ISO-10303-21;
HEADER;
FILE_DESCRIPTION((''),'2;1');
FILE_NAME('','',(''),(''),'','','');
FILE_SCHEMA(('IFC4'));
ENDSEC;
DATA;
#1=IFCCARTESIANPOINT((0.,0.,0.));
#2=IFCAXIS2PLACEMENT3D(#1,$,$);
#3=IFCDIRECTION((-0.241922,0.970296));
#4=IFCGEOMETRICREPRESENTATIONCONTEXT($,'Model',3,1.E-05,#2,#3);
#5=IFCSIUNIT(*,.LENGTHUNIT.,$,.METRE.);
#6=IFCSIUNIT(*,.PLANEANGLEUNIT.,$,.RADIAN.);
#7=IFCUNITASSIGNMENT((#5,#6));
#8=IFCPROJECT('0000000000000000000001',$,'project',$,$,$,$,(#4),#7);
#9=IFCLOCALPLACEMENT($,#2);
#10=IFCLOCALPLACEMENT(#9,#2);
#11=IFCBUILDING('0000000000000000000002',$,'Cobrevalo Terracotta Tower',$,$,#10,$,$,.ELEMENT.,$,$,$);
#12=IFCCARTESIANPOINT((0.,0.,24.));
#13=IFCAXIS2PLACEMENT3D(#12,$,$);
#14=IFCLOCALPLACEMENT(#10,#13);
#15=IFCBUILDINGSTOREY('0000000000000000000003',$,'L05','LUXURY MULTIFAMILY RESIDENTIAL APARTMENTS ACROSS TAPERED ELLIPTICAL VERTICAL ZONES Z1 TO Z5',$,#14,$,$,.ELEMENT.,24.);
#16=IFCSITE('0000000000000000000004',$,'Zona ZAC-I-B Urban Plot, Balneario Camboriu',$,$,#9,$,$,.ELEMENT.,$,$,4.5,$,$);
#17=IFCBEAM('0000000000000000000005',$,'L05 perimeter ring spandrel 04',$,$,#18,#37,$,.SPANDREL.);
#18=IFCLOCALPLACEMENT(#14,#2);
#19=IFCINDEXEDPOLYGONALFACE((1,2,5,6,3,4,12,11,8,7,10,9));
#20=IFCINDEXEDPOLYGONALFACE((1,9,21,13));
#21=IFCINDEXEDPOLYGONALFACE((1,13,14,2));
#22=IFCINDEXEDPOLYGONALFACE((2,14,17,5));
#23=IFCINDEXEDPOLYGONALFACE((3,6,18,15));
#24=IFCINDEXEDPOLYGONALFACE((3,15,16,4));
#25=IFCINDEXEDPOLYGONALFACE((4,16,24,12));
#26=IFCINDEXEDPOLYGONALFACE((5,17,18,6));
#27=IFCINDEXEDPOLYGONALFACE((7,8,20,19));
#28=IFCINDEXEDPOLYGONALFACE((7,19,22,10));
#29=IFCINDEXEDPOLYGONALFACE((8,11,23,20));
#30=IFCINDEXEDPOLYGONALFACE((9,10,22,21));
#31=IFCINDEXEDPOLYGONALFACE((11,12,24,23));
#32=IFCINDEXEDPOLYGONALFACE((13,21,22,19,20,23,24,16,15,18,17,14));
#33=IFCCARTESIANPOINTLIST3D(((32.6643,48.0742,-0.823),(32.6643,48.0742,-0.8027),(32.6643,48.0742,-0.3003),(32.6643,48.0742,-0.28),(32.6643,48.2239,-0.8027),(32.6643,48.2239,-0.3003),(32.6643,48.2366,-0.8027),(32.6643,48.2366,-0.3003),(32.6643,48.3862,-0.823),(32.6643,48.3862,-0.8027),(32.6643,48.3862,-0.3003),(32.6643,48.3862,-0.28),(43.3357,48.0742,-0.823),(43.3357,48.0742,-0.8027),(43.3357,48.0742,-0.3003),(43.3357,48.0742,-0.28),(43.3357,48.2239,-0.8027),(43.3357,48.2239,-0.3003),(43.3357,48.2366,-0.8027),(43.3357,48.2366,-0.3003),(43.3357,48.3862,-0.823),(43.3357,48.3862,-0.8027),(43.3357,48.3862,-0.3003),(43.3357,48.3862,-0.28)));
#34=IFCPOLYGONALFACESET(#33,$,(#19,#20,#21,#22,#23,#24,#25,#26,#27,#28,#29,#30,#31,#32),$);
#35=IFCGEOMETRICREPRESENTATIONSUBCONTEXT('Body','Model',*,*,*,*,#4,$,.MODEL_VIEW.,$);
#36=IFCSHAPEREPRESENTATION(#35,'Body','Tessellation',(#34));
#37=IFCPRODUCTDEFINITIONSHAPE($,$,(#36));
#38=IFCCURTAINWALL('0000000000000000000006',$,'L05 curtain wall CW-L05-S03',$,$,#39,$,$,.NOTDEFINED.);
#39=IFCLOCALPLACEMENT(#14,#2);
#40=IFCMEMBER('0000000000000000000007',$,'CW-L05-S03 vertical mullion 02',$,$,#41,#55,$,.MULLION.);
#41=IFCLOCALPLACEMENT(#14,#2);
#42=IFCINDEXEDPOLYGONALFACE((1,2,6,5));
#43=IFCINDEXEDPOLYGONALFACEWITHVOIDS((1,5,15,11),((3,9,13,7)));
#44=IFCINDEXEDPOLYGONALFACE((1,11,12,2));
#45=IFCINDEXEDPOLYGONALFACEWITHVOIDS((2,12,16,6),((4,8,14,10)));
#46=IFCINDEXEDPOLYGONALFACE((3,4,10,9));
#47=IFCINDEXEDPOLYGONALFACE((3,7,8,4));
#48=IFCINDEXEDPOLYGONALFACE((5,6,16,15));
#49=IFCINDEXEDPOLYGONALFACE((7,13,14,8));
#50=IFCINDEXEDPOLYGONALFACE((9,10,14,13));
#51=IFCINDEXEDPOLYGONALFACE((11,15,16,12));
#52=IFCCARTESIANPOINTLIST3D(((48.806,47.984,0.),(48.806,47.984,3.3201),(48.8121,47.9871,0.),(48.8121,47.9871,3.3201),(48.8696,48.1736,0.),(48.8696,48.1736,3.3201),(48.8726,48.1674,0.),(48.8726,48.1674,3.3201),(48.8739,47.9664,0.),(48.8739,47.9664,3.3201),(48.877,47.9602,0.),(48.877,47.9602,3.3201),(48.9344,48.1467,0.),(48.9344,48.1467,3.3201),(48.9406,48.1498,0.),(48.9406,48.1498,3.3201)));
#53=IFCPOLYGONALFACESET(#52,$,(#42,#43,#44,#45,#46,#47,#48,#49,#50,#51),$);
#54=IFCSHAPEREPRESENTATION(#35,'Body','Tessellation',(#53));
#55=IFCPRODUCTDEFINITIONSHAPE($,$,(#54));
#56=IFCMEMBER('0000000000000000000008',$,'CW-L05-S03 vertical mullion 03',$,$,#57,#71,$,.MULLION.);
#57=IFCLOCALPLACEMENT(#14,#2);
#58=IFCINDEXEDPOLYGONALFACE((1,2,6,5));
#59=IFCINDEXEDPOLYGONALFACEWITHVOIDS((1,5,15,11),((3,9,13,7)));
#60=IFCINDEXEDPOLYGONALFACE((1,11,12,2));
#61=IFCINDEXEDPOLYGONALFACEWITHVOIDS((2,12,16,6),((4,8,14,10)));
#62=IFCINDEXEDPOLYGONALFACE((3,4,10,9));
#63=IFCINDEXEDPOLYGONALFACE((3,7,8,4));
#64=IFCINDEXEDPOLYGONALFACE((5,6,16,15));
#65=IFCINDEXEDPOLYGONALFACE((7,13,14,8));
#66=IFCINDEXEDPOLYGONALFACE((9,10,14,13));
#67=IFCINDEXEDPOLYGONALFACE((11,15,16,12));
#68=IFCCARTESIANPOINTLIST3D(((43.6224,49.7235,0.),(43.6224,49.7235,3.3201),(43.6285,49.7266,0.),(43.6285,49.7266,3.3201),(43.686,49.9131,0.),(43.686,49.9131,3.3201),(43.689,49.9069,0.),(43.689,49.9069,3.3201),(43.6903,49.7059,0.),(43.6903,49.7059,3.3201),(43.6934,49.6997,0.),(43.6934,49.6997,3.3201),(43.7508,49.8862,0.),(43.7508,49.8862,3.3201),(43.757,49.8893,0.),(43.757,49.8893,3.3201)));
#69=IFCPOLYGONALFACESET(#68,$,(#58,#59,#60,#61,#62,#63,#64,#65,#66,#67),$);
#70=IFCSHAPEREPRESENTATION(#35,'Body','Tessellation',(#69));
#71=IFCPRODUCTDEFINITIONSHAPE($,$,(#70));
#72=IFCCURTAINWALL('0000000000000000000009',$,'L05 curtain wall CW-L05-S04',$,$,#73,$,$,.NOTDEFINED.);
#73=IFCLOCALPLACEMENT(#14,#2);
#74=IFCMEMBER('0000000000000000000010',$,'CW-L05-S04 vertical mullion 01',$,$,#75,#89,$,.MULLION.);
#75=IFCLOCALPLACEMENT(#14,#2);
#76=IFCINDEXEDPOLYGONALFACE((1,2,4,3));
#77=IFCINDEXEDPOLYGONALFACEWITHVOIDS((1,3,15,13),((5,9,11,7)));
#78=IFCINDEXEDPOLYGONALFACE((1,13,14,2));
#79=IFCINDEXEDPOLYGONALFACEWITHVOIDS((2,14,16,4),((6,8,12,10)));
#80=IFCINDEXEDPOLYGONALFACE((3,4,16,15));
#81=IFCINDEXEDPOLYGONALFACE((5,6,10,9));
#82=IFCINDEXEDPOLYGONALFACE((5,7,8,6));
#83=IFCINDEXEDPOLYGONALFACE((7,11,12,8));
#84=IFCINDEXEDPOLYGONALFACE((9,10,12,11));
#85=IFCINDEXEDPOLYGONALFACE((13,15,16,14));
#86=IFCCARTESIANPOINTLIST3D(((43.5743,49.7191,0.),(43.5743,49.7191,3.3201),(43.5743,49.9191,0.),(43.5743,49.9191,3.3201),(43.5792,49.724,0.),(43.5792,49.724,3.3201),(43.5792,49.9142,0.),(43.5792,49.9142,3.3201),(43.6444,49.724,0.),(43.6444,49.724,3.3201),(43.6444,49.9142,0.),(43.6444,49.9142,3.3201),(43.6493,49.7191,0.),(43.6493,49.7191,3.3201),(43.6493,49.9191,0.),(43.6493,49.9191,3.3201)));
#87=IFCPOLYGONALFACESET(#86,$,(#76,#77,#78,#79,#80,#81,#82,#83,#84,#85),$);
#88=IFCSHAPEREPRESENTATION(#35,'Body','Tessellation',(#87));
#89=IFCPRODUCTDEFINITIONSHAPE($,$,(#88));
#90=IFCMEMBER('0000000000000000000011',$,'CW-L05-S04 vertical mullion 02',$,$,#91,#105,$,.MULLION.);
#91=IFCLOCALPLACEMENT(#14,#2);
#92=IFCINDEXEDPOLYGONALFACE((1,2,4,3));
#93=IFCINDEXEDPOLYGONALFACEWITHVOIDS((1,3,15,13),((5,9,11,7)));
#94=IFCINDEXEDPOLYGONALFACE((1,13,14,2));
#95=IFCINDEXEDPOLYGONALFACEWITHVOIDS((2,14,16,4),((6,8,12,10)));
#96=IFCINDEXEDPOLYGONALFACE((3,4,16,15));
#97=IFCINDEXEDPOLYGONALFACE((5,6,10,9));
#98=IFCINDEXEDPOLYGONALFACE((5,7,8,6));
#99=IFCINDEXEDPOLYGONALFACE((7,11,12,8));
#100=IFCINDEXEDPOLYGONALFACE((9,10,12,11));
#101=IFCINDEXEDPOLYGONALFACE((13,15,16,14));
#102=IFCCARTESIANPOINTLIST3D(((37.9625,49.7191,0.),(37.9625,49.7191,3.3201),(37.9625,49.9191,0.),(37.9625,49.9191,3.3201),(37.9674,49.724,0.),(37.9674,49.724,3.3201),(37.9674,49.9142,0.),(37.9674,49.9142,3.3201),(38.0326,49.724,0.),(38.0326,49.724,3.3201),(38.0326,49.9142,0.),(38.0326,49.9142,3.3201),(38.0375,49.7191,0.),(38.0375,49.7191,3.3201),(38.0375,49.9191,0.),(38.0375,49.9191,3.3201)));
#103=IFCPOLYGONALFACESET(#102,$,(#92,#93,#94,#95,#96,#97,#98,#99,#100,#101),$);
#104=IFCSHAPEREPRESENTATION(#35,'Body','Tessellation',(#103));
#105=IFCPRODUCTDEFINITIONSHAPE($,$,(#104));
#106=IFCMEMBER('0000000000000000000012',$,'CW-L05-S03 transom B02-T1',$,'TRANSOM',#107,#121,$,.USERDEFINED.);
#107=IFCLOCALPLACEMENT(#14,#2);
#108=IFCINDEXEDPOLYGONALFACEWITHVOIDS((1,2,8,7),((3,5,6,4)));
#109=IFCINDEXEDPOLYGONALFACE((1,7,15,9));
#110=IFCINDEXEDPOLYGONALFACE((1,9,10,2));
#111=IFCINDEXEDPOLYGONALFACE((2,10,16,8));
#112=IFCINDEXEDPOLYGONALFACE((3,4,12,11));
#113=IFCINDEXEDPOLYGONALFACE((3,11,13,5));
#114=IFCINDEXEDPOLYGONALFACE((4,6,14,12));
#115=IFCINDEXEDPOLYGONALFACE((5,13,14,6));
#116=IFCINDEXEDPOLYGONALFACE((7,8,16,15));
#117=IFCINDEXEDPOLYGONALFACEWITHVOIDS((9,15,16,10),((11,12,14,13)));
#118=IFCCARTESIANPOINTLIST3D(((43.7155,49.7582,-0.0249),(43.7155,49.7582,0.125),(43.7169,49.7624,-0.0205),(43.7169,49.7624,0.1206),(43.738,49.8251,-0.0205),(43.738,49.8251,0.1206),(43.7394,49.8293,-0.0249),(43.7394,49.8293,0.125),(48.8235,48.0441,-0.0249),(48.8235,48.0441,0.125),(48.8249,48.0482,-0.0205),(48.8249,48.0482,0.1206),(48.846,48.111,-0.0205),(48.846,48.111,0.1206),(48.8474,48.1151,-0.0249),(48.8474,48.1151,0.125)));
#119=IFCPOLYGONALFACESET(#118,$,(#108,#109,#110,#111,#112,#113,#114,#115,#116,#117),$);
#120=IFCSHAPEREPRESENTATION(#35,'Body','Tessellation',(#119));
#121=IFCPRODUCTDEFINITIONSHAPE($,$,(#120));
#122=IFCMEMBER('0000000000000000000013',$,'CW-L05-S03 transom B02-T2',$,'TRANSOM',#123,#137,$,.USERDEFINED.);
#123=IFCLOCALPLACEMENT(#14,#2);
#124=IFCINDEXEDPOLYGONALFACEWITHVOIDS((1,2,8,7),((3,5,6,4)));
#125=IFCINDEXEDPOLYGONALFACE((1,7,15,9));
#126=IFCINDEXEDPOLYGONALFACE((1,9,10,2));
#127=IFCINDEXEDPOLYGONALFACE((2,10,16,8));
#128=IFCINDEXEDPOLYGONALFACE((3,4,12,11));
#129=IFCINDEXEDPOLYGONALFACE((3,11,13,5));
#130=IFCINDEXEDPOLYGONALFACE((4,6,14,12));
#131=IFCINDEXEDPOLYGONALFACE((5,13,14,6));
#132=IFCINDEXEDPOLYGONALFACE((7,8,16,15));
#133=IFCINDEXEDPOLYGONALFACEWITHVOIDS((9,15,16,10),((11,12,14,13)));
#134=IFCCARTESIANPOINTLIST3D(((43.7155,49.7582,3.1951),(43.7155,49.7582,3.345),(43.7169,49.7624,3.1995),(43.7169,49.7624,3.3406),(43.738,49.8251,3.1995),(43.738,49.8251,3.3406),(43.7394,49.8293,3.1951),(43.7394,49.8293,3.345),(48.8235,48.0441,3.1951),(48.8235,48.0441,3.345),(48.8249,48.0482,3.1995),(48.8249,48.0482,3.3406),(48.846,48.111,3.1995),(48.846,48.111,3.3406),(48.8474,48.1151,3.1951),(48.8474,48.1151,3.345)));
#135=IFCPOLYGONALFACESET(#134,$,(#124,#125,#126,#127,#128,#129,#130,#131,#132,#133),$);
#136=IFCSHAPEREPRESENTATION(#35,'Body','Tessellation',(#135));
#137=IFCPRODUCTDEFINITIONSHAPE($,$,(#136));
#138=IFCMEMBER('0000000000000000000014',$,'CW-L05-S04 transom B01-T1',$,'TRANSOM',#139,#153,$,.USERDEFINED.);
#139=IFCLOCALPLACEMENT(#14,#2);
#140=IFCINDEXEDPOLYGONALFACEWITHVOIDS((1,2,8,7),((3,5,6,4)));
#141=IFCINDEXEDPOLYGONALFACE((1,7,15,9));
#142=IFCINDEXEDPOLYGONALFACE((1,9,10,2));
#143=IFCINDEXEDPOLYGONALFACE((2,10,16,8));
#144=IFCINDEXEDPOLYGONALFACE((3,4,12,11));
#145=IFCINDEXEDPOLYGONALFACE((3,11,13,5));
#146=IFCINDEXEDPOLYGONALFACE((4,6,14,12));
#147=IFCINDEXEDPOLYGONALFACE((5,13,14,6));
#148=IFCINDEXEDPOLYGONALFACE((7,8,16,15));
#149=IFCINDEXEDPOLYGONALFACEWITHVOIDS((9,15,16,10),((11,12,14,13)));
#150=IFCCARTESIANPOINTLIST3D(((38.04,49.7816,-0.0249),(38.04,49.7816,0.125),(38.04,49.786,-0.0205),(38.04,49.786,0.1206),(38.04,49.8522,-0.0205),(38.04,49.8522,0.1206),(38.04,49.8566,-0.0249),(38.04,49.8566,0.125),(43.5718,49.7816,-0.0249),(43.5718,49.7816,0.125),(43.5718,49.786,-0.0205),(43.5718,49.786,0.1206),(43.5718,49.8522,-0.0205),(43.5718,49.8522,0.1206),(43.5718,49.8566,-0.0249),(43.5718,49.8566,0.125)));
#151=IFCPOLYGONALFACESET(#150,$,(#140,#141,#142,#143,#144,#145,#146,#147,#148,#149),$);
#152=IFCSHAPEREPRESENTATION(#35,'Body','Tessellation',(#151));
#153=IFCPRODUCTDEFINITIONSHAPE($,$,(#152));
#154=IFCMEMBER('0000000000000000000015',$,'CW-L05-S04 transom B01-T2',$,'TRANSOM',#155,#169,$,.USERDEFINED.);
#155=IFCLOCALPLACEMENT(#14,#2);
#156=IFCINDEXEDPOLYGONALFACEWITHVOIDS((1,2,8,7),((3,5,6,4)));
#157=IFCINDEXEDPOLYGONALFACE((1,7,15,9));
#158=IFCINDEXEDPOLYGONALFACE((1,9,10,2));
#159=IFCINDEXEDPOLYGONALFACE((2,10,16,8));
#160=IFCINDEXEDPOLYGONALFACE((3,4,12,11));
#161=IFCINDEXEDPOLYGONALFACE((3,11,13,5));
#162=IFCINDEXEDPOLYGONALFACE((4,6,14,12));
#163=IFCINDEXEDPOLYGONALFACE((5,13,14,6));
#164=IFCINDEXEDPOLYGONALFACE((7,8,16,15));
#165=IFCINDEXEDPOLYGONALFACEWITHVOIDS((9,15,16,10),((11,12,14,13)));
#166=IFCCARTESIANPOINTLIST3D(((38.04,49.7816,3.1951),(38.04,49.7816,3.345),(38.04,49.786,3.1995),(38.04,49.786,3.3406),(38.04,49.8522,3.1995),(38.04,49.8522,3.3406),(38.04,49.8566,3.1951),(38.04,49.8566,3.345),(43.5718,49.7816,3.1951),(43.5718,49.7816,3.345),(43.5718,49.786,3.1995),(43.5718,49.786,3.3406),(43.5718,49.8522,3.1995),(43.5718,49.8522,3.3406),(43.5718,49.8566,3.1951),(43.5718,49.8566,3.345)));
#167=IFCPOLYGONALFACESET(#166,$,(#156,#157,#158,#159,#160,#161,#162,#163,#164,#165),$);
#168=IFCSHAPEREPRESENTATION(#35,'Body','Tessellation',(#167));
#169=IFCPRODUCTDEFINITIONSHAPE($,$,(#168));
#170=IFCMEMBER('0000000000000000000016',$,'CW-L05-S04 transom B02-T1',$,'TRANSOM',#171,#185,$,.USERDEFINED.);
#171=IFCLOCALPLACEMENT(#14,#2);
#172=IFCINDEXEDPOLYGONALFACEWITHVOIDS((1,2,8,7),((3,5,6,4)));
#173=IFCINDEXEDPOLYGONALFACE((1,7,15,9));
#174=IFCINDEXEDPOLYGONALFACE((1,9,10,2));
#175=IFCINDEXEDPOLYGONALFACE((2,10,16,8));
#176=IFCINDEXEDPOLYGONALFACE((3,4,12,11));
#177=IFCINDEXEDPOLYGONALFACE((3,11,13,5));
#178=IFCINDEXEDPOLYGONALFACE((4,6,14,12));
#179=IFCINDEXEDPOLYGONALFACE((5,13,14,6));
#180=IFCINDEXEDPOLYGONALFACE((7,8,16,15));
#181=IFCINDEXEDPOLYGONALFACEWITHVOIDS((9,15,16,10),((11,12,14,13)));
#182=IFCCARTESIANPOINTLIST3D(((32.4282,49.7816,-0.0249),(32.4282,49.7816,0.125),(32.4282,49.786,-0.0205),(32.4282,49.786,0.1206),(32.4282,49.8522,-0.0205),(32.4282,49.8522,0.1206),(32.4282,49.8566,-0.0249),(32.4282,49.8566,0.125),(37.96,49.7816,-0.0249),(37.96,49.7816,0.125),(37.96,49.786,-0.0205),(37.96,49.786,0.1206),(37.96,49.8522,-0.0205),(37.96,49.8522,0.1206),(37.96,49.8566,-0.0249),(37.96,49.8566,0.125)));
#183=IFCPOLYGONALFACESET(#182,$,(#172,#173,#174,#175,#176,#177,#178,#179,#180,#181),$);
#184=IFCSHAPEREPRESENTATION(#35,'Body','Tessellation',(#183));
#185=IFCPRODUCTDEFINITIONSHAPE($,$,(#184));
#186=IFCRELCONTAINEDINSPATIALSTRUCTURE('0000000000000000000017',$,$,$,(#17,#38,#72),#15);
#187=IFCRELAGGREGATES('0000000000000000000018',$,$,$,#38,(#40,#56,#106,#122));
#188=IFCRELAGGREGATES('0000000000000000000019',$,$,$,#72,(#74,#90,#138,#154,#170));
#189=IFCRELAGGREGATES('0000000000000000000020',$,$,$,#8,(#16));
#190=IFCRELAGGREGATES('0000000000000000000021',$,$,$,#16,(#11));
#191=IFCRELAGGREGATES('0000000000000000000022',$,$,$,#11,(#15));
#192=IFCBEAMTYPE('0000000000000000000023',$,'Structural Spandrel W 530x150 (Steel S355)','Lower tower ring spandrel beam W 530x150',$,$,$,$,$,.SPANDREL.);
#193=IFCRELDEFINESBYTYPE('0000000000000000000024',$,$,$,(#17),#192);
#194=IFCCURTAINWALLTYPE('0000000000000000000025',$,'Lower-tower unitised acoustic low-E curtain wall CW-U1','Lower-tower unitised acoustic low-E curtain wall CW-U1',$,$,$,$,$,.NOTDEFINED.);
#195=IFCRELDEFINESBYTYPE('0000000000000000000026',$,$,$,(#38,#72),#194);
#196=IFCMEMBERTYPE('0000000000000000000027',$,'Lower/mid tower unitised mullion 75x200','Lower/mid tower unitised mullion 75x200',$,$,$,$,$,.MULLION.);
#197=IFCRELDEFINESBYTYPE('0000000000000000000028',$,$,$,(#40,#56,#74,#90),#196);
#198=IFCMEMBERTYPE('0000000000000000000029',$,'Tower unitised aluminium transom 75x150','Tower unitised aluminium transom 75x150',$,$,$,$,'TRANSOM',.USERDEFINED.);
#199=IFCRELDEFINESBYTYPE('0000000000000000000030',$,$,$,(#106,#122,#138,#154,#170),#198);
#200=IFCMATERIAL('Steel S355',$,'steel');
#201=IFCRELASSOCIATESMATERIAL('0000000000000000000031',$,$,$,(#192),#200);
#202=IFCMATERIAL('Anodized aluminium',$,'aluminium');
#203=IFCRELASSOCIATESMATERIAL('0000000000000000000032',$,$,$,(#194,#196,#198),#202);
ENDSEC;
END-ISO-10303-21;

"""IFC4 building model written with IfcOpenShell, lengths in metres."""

from ifc_helpers import new_model, si_unit, direction, frame, origin, origin_2d, place, context, subcontext, project, spatial, hollow_rectangle, i_section, extrude, source, transform, mapped, material, material_profile, profile_set, type_object, element, aggregate, save


model = new_model("IFC4")

# Units and contexts
model_context = context("Model", 3, precision=1e-05, world=origin(), true_north=direction((-0.241922, 0.970296)))
body_context = subcontext(model_context, "Body", "Model", "MODEL_VIEW")
ifc_project = project(units=[si_unit("LENGTHUNIT", "METRE"), si_unit("PLANEANGLEUNIT", "RADIAN")], contexts=[model_context])

# Site, building, storey
site_placement = place(None, origin())
site = spatial("IfcSite", under=ifc_project, at=site_placement, Name="Zona ZAC-I-B Urban Plot, Balneario Camboriu", CompositionType="ELEMENT", RefElevation=4.5)
building_placement = place(site_placement, origin())
building = spatial("IfcBuilding", under=site, at=building_placement, Name="Cobrevalo Terracotta Tower", CompositionType="ELEMENT")
storey_placement = place(building_placement, frame((0.0, 0.0, 24.0)))
storey = spatial("IfcBuildingStorey", under=building, at=storey_placement, Name="L05", Description="LUXURY MULTIFAMILY RESIDENTIAL APARTMENTS ACROSS TAPERED ELLIPTICAL VERTICAL ZONES Z1 TO Z5", CompositionType="ELEMENT", Elevation=24.0)

# Shared definitions
ifc_material_1 = material(Name="Steel S355", Category="steel")

# Beam
ifc_material_profile_1 = material_profile(ifc_material_1, i_section(OverallWidth=0.312, OverallDepth=0.543, WebThickness=0.0127, FlangeThickness=0.0203, at=origin_2d()), Name="W 530x150")
ifc_profile_set_1 = profile_set([ifc_material_profile_1], Name="Steel S355")
beam_type_1 = type_object("IfcBeamType", Name="Structural Spandrel W 530x150 (Steel S355)", Description="Lower tower ring spandrel beam W 530x150", PredefinedType="SPANDREL", material=ifc_profile_set_1)
beam_1_placement = place(storey_placement, frame((43.3357, 48.2302, -0.5515), z_axis=(-1.0, 0.0, 0.0), x_axis=(0.0, -1.0, 0.0)))
element("IfcBeam", 1, at=beam_1_placement, inside=storey, type_object=beam_type_1, Name="L05 perimeter ring spandrel 04", PredefinedType="SPANDREL", context=body_context, shape_type="SweptSolid", body=[
    extrude(i_section(OverallWidth=0.312, OverallDepth=0.543, WebThickness=0.0127, FlangeThickness=0.0203, at=origin_2d()), origin(), (0.0, 0.0, 1.0), 10.6714),
])

# Curtain walls, members
ifc_material_2 = material(Name="Anodized aluminium", Category="aluminium")
curtain_wall_type = type_object("IfcCurtainWallType", Name="Lower-tower unitised acoustic low-E curtain wall CW-U1", Description="Lower-tower unitised acoustic low-E curtain wall CW-U1", PredefinedType="NOTDEFINED", material=ifc_material_2)
curtain_wall_1_placement = place(storey_placement, origin())
curtain_wall_1 = element("IfcCurtainWall", 2, at=curtain_wall_1_placement, inside=storey, type_object=curtain_wall_type, Name="L05 curtain wall CW-L05-S03", PredefinedType="NOTDEFINED")
ifc_material_profile_2 = material_profile(ifc_material_2, hollow_rectangle(XDim=0.075, YDim=0.2, WallThickness=0.0049, at=origin_2d()), Name="CWM 75x200")
ifc_profile_set_2 = profile_set([ifc_material_profile_2], Name="Anodized aluminium")
member_type_1 = type_object("IfcMemberType", Name="Lower/mid tower unitised mullion 75x200", Description="Lower/mid tower unitised mullion 75x200", PredefinedType="MULLION", material=ifc_profile_set_2)
shared_shape_1 = source(origin(), body_context, "Body", "SweptSolid", [
    extrude(hollow_rectangle(XDim=0.075, YDim=0.2, WallThickness=0.0049, at=origin_2d()), origin(), (0.0, 0.0, 1.0), 3.3201),
])
member_1_placement = place(storey_placement, frame((48.8733, 48.0669, 0.0), z_axis=(0.0, 0.0, 1.0), x_axis=(-0.948046, 0.318132, 0.0)))
member_1 = element("IfcMember", 3, at=member_1_placement, type_object=member_type_1, Name="CW-L05-S03 vertical mullion 02", PredefinedType="MULLION", context=body_context, shape_type="MappedRepresentation", body=[
    mapped(shared_shape_1, transform((0.0, 0.0, 0.0), scale=1.0)),
])
member_2_placement = place(storey_placement, frame((43.6897, 49.8064, 0.0), z_axis=(0.0, 0.0, 1.0), x_axis=(-0.948046, 0.318132, 0.0)))
member_2 = element("IfcMember", 4, at=member_2_placement, type_object=member_type_1, Name="CW-L05-S03 vertical mullion 03", PredefinedType="MULLION", context=body_context, shape_type="MappedRepresentation", body=[
    mapped(shared_shape_1, transform((0.0, 0.0, 0.0), scale=1.0)),
])
curtain_wall_2_placement = place(storey_placement, origin())
curtain_wall_2 = element("IfcCurtainWall", 5, at=curtain_wall_2_placement, inside=storey, type_object=curtain_wall_type, Name="L05 curtain wall CW-L05-S04", PredefinedType="NOTDEFINED")
member_3_placement = place(storey_placement, frame((43.6118, 49.8191, 0.0), z_axis=(0.0, 0.0, 1.0), x_axis=(-1.0, 0.0, 0.0)))
member_3 = element("IfcMember", 6, at=member_3_placement, type_object=member_type_1, Name="CW-L05-S04 vertical mullion 01", PredefinedType="MULLION", context=body_context, shape_type="MappedRepresentation", body=[
    mapped(shared_shape_1, transform((0.0, 0.0, 0.0), scale=1.0)),
])
member_4_placement = place(storey_placement, frame((38.0, 49.8191, 0.0), z_axis=(0.0, 0.0, 1.0), x_axis=(-1.0, 0.0, 0.0)))
member_4 = element("IfcMember", 7, at=member_4_placement, type_object=member_type_1, Name="CW-L05-S04 vertical mullion 02", PredefinedType="MULLION", context=body_context, shape_type="MappedRepresentation", body=[
    mapped(shared_shape_1, transform((0.0, 0.0, 0.0), scale=1.0)),
])

# Members
ifc_material_profile_3 = material_profile(ifc_material_2, hollow_rectangle(XDim=0.075, YDim=0.1499, WallThickness=0.0044, at=origin_2d()), Name="CWT 75x150")
ifc_profile_set_3 = profile_set([ifc_material_profile_3], Name="Anodized aluminium")
member_type_2 = type_object("IfcMemberType", Name="Tower unitised aluminium transom 75x150", Description="Tower unitised aluminium transom 75x150", ElementType="TRANSOM", PredefinedType="USERDEFINED", material=ifc_profile_set_3)
shared_shape_2 = source(origin(), body_context, "Body", "SweptSolid", [
    extrude(hollow_rectangle(XDim=0.075, YDim=0.1499, WallThickness=0.0044, at=origin_2d()), origin(), (0.0, 0.0, 1.0), 5.3879),
])
member_5_placement = place(storey_placement, frame((48.8354, 48.0796, 0.05), z_axis=(-0.948042, 0.318144, 0.0), x_axis=(-0.318144, -0.948042, 0.0)))
member_5 = element("IfcMember", 8, at=member_5_placement, type_object=member_type_2, Name="CW-L05-S03 transom B02-T1", ObjectType="TRANSOM", PredefinedType="USERDEFINED", context=body_context, shape_type="MappedRepresentation", body=[
    mapped(shared_shape_2, transform((0.0, 0.0, 0.0), scale=1.0)),
])
member_6_placement = place(storey_placement, frame((48.8354, 48.0796, 3.27), z_axis=(-0.948042, 0.318144, 0.0), x_axis=(-0.318144, -0.948042, 0.0)))
member_6 = element("IfcMember", 9, at=member_6_placement, type_object=member_type_2, Name="CW-L05-S03 transom B02-T2", ObjectType="TRANSOM", PredefinedType="USERDEFINED", context=body_context, shape_type="MappedRepresentation", body=[
    mapped(shared_shape_2, transform((0.0, 0.0, 0.0), scale=1.0)),
])
shared_shape_3 = source(origin(), body_context, "Body", "SweptSolid", [
    extrude(hollow_rectangle(XDim=0.075, YDim=0.1499, WallThickness=0.0044, at=origin_2d()), origin(), (0.0, 0.0, 1.0), 5.5317),
])
member_7_placement = place(storey_placement, frame((43.5718, 49.8191, 0.05), z_axis=(-1.0, 0.0, 0.0), x_axis=(0.0, -1.0, 0.0)))
member_7 = element("IfcMember", 10, at=member_7_placement, type_object=member_type_2, Name="CW-L05-S04 transom B01-T1", ObjectType="TRANSOM", PredefinedType="USERDEFINED", context=body_context, shape_type="MappedRepresentation", body=[
    mapped(shared_shape_3, transform((0.0, 0.0, 0.0), scale=1.0)),
])
member_8_placement = place(storey_placement, frame((43.5718, 49.8191, 3.27), z_axis=(-1.0, 0.0, 0.0), x_axis=(0.0, -1.0, 0.0)))
member_8 = element("IfcMember", 11, at=member_8_placement, type_object=member_type_2, Name="CW-L05-S04 transom B01-T2", ObjectType="TRANSOM", PredefinedType="USERDEFINED", context=body_context, shape_type="MappedRepresentation", body=[
    mapped(shared_shape_3, transform((0.0, 0.0, 0.0), scale=1.0)),
])
member_9_placement = place(storey_placement, frame((37.96, 49.8191, 0.05), z_axis=(-1.0, 0.0, 0.0), x_axis=(0.0, -1.0, 0.0)))
member_9 = element("IfcMember", 12, at=member_9_placement, type_object=member_type_2, Name="CW-L05-S04 transom B02-T1", ObjectType="TRANSOM", PredefinedType="USERDEFINED", context=body_context, shape_type="MappedRepresentation", body=[
    mapped(shared_shape_3, transform((0.0, 0.0, 0.0), scale=1.0)),
])

aggregate(curtain_wall_1, [member_1, member_2, member_5, member_6])
aggregate(curtain_wall_2, [member_3, member_4, member_7, member_8, member_9])

save(model, "model.ifc")
